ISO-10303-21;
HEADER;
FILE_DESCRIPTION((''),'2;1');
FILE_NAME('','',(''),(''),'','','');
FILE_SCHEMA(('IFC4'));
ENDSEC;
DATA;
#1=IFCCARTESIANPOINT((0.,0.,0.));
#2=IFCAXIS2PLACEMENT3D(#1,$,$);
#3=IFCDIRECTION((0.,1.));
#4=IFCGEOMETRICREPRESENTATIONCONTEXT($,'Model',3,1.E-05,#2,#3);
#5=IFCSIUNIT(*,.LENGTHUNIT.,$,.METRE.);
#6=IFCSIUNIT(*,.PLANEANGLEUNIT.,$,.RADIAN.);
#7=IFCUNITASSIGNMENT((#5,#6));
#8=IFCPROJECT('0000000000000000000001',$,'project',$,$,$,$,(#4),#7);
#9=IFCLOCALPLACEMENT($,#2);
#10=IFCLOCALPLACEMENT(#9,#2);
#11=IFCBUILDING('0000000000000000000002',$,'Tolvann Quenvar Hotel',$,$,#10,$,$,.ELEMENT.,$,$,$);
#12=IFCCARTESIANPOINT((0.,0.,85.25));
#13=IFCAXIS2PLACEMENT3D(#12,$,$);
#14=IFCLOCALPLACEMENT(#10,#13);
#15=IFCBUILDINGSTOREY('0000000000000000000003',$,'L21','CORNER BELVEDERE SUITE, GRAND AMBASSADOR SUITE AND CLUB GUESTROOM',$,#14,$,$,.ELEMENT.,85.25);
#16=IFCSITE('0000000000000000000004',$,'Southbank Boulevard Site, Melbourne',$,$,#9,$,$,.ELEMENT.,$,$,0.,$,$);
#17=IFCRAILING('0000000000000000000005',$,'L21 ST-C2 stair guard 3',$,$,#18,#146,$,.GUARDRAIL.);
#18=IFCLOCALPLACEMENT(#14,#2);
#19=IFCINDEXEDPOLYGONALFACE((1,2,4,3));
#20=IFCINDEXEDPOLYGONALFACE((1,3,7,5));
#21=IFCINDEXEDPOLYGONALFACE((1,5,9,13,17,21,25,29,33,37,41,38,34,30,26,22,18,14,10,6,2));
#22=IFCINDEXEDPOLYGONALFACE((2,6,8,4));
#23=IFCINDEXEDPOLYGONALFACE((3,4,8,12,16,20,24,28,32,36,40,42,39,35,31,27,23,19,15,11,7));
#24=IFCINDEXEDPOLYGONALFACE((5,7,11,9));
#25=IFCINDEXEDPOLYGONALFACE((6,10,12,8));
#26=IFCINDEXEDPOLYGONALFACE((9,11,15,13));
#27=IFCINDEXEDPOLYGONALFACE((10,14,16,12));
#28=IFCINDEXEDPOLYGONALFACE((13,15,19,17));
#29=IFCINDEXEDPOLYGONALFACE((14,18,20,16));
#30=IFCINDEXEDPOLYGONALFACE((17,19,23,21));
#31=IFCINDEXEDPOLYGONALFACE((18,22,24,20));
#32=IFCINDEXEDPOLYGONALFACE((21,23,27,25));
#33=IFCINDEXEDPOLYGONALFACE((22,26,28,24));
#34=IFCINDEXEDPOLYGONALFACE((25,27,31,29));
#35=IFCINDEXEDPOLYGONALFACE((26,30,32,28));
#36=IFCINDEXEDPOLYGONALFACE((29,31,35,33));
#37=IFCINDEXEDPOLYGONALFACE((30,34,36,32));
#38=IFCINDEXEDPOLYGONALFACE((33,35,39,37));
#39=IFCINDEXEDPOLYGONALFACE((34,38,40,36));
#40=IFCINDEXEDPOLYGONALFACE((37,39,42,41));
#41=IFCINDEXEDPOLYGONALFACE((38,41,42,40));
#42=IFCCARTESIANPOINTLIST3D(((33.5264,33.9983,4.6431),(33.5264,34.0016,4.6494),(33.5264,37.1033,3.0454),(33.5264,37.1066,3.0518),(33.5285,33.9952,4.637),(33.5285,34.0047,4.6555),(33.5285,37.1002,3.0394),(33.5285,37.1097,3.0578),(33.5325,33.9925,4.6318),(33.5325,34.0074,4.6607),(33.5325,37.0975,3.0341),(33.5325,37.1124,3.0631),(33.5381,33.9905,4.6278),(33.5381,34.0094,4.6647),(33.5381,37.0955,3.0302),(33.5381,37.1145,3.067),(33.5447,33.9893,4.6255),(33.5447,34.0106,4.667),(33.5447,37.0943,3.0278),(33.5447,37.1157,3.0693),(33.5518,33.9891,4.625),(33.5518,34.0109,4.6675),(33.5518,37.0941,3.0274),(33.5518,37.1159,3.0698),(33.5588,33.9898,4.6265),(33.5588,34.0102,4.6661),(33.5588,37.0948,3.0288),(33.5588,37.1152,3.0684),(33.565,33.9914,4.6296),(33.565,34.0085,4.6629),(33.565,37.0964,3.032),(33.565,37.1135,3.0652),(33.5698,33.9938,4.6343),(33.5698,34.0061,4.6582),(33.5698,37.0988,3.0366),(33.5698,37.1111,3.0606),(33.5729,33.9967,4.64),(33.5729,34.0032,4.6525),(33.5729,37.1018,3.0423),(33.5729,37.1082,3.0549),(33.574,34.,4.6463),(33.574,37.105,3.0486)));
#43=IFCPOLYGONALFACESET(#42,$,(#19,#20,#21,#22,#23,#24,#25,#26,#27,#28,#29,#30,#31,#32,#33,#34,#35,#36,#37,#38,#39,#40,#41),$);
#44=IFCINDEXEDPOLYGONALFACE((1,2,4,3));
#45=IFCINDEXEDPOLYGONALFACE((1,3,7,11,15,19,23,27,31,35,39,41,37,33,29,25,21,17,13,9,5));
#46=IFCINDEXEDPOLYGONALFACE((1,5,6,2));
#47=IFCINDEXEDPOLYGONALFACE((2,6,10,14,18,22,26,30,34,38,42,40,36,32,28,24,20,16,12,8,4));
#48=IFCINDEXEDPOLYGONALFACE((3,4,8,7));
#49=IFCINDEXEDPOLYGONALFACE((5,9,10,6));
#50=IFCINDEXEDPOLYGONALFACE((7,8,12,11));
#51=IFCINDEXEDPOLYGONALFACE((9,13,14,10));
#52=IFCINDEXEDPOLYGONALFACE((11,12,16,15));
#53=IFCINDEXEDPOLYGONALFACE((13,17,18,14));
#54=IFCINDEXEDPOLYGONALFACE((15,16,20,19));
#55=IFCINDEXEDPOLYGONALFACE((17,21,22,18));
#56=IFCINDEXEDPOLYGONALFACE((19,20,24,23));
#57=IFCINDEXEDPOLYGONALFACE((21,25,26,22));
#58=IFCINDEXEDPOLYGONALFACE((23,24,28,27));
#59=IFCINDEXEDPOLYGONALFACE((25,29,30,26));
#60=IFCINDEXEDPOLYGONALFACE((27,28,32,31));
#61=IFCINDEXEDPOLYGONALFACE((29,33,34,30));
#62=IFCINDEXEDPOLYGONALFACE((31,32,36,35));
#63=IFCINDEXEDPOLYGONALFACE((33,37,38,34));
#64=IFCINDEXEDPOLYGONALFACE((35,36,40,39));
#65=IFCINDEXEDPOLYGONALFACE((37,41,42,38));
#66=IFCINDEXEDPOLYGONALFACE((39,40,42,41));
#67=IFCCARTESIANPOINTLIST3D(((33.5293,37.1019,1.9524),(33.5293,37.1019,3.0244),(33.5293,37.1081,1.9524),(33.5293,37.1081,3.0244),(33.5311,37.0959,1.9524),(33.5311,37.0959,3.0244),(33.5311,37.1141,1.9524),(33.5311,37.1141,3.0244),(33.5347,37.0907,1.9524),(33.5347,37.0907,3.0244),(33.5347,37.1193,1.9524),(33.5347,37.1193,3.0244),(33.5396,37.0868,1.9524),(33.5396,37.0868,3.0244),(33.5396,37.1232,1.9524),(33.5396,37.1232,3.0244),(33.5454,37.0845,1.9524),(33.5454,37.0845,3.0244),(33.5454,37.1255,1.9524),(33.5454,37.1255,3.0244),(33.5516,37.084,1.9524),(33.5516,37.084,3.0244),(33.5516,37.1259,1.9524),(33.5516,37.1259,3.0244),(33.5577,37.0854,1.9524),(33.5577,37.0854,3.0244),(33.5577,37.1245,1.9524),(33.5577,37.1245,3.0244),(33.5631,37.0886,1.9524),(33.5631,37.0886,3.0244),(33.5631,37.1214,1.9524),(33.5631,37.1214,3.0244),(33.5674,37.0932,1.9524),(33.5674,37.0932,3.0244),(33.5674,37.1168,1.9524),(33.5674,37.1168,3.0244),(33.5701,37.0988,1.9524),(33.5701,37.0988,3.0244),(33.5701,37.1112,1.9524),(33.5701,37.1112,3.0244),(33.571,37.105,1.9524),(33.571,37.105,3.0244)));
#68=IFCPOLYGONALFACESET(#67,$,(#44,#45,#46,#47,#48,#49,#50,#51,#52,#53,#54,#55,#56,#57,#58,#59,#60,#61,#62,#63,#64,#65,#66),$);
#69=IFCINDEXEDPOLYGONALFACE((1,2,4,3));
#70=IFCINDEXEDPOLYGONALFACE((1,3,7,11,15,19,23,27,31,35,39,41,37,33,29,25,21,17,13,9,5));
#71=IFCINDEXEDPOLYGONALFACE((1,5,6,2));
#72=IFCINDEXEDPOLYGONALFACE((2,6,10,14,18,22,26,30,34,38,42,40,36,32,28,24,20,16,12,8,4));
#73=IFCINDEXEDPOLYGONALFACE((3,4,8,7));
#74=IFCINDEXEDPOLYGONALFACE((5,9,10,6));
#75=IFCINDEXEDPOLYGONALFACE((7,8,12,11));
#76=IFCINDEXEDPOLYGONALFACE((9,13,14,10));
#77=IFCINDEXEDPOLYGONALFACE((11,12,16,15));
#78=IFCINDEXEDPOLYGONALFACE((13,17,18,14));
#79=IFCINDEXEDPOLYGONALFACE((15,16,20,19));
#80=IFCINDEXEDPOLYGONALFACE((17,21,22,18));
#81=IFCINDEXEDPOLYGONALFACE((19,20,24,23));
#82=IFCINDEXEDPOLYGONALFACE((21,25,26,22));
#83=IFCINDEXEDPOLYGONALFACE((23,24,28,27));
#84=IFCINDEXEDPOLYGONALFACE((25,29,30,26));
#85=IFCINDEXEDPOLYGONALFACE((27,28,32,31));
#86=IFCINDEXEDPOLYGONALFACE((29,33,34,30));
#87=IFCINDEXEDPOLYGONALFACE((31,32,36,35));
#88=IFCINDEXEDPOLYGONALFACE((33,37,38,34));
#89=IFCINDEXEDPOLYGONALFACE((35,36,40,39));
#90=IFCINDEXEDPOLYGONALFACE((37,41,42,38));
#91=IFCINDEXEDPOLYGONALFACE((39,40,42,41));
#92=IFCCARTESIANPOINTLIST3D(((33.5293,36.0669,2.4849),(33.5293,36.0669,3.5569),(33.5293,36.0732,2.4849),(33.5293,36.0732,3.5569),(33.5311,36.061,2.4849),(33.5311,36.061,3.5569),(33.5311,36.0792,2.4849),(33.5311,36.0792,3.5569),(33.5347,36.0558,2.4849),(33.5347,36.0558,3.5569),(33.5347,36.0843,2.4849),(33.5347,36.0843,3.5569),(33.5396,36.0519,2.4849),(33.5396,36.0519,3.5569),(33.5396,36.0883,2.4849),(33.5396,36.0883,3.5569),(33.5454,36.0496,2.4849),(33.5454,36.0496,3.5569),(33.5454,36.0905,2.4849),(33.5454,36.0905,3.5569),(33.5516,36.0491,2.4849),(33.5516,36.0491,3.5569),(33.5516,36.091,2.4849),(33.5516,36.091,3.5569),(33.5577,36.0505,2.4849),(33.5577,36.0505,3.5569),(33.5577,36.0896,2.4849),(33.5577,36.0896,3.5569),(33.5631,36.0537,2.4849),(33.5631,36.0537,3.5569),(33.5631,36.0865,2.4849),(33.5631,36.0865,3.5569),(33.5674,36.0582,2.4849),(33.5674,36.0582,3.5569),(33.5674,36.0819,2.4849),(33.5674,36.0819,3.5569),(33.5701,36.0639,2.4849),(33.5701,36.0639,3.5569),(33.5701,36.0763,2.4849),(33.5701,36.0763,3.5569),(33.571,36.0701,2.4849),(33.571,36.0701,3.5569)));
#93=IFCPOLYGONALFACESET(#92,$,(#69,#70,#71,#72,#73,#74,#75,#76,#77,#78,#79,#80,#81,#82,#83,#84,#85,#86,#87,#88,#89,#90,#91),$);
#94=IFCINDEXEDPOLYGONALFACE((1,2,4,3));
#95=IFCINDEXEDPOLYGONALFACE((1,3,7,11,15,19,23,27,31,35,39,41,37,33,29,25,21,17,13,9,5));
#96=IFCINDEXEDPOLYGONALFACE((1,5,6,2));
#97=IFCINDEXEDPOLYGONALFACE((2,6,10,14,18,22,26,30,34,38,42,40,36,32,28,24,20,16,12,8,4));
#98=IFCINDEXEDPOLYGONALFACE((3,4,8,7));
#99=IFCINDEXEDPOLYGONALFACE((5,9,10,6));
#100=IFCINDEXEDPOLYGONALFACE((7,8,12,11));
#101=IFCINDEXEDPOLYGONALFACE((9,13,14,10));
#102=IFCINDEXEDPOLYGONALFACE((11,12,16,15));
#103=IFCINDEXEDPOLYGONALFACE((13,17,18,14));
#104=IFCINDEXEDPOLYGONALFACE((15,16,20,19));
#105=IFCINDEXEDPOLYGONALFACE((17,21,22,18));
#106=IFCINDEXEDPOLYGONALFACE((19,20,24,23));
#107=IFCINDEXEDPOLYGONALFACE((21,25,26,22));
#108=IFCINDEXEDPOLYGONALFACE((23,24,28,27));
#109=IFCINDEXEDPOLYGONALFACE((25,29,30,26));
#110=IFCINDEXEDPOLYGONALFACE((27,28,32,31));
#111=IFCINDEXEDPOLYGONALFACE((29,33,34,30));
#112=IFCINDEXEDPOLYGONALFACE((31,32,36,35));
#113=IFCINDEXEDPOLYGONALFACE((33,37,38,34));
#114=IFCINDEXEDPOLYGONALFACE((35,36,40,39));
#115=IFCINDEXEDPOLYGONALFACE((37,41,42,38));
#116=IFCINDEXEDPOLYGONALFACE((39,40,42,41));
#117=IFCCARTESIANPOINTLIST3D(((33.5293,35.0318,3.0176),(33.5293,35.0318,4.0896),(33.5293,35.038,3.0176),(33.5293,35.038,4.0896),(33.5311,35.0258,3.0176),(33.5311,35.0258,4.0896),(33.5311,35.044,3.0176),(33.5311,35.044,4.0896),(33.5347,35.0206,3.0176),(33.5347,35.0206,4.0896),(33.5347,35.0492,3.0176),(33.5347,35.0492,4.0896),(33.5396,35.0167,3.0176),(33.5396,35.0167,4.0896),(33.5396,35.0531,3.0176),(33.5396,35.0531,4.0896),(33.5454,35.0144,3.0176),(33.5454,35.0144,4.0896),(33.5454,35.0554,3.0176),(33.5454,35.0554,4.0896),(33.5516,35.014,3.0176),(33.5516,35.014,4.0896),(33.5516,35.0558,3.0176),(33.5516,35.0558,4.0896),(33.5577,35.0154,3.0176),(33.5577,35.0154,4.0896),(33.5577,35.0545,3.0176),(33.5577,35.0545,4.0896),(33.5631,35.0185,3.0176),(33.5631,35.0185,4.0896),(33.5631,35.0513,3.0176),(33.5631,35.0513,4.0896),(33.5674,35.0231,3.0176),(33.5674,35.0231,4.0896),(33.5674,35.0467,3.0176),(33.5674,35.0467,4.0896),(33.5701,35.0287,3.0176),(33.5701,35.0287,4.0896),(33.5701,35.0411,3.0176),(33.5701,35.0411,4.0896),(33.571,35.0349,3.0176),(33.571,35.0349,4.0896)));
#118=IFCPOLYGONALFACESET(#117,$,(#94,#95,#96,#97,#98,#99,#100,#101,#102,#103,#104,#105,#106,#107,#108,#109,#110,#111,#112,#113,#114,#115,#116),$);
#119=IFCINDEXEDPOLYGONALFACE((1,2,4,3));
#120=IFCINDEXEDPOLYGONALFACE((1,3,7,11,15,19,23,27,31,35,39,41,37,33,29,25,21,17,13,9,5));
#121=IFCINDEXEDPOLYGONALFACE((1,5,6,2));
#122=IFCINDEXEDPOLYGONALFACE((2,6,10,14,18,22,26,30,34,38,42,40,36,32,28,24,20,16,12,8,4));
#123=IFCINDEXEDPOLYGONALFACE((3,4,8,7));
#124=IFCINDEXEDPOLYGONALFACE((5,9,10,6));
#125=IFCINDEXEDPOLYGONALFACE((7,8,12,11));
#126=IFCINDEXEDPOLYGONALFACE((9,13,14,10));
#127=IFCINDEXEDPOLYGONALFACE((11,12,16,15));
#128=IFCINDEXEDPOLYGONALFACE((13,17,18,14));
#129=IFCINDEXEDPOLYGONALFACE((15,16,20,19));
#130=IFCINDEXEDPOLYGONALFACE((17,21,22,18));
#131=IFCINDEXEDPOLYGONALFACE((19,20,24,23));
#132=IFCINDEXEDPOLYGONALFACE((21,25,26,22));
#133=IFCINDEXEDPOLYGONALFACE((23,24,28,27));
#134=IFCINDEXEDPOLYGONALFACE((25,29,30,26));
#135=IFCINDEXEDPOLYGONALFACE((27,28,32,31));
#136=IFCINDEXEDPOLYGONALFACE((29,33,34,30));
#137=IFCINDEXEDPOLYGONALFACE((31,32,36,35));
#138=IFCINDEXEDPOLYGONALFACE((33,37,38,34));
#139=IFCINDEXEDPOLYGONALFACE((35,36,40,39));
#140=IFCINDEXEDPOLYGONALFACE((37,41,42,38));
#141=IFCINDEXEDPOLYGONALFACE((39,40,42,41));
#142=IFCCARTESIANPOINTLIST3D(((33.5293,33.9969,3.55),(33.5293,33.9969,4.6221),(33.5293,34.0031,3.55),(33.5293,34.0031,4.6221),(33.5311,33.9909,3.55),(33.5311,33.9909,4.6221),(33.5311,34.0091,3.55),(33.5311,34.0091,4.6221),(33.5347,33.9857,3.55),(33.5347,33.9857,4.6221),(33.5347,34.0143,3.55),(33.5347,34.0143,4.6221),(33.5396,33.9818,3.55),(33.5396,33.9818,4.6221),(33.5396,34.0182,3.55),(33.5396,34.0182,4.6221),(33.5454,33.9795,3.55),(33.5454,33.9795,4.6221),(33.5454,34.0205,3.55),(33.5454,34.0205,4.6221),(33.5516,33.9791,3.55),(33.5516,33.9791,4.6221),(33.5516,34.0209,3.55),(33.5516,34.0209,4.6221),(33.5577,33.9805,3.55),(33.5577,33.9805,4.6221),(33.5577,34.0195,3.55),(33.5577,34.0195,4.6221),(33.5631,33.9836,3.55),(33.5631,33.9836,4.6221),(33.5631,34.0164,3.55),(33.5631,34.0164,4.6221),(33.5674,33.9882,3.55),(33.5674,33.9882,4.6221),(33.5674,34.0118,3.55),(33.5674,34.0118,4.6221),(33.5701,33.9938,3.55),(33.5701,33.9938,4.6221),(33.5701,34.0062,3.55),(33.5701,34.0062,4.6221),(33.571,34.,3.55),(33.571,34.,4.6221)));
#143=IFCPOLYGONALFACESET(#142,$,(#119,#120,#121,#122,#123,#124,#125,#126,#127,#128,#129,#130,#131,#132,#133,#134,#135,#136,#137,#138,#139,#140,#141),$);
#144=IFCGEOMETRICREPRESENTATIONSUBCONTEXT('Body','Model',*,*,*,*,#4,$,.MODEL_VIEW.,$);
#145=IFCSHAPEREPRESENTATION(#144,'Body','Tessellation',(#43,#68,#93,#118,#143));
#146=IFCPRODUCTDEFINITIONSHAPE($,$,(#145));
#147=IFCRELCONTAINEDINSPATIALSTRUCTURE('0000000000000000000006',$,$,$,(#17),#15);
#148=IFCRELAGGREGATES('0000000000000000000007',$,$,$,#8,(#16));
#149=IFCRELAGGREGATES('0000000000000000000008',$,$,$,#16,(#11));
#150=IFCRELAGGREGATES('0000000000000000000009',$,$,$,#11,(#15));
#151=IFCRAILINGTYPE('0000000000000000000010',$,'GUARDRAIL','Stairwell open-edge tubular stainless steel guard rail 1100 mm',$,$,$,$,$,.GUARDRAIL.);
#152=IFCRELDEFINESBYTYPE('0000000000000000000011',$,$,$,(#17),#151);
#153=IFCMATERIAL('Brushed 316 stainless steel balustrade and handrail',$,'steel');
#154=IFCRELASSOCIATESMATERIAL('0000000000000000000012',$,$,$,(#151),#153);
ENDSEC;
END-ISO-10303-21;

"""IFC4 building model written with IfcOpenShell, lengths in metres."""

from ifc_helpers import new_model, si_unit, direction, frame, origin, origin_2d, place, context, subcontext, project, spatial, circle, extrude, material, type_object, element, save


model = new_model("IFC4")

# Units and contexts
model_context = context("Model", 3, precision=1e-05, world=origin(), true_north=direction((0.0, 1.0)))
body_context = subcontext(model_context, "Body", "Model", "MODEL_VIEW")
ifc_project = project(units=[si_unit("LENGTHUNIT", "METRE"), si_unit("PLANEANGLEUNIT", "RADIAN")], contexts=[model_context])

# Site, building, storey
site_placement = place(None, origin())
site = spatial("IfcSite", under=ifc_project, at=site_placement, Name="Southbank Boulevard Site, Melbourne", CompositionType="ELEMENT", RefElevation=0.0)
building_placement = place(site_placement, origin())
building = spatial("IfcBuilding", under=site, at=building_placement, Name="Tolvann Quenvar Hotel", CompositionType="ELEMENT")
storey_placement = place(building_placement, frame((0.0, 0.0, 85.25)))
storey = spatial("IfcBuildingStorey", under=building, at=storey_placement, Name="L21", Description="CORNER BELVEDERE SUITE, GRAND AMBASSADOR SUITE AND CLUB GUESTROOM", CompositionType="ELEMENT", Elevation=85.25)

# Railing
ifc_material_1 = material(Name="Brushed 316 stainless steel balustrade and handrail", Category="steel")
railing_type_1 = type_object("IfcRailingType", Name="GUARDRAIL", Description="Stairwell open-edge tubular stainless steel guard rail 1100 mm", PredefinedType="GUARDRAIL", material=ifc_material_1)
railing_1_placement = place(storey_placement, frame((33.55, 37.105, 1.9524)))
element("IfcRailing", 1, at=railing_1_placement, inside=storey, type_object=railing_type_1, Name="L21 ST-C2 stair guard 3", PredefinedType="GUARDRAIL", context=body_context, shape_type="SweptSolid", body=[
    extrude(circle(Radius=0.0239, at=origin_2d()), frame((0.0, 0.0, 1.0962), z_axis=(0.0, -0.889194, 0.457531), x_axis=(1.0, 0.0, 0.0)), (0.0, 0.0, 1.0), 3.4919),
    extrude(circle(Radius=0.021, at=origin_2d()), origin(), (0.0, 0.0, 1.0), 1.072),
    extrude(circle(Radius=0.021, at=origin_2d()), frame((0.0, -1.0349, 0.5325)), (0.0, 0.0, 1.0), 1.072),
    extrude(circle(Radius=0.021, at=origin_2d()), frame((0.0, -2.0701, 1.0652)), (0.0, 0.0, 1.0), 1.072),
    extrude(circle(Radius=0.021, at=origin_2d()), frame((0.0, -3.105, 1.5977)), (0.0, 0.0, 1.0), 1.072),
])

save(model, "model.ifc")
